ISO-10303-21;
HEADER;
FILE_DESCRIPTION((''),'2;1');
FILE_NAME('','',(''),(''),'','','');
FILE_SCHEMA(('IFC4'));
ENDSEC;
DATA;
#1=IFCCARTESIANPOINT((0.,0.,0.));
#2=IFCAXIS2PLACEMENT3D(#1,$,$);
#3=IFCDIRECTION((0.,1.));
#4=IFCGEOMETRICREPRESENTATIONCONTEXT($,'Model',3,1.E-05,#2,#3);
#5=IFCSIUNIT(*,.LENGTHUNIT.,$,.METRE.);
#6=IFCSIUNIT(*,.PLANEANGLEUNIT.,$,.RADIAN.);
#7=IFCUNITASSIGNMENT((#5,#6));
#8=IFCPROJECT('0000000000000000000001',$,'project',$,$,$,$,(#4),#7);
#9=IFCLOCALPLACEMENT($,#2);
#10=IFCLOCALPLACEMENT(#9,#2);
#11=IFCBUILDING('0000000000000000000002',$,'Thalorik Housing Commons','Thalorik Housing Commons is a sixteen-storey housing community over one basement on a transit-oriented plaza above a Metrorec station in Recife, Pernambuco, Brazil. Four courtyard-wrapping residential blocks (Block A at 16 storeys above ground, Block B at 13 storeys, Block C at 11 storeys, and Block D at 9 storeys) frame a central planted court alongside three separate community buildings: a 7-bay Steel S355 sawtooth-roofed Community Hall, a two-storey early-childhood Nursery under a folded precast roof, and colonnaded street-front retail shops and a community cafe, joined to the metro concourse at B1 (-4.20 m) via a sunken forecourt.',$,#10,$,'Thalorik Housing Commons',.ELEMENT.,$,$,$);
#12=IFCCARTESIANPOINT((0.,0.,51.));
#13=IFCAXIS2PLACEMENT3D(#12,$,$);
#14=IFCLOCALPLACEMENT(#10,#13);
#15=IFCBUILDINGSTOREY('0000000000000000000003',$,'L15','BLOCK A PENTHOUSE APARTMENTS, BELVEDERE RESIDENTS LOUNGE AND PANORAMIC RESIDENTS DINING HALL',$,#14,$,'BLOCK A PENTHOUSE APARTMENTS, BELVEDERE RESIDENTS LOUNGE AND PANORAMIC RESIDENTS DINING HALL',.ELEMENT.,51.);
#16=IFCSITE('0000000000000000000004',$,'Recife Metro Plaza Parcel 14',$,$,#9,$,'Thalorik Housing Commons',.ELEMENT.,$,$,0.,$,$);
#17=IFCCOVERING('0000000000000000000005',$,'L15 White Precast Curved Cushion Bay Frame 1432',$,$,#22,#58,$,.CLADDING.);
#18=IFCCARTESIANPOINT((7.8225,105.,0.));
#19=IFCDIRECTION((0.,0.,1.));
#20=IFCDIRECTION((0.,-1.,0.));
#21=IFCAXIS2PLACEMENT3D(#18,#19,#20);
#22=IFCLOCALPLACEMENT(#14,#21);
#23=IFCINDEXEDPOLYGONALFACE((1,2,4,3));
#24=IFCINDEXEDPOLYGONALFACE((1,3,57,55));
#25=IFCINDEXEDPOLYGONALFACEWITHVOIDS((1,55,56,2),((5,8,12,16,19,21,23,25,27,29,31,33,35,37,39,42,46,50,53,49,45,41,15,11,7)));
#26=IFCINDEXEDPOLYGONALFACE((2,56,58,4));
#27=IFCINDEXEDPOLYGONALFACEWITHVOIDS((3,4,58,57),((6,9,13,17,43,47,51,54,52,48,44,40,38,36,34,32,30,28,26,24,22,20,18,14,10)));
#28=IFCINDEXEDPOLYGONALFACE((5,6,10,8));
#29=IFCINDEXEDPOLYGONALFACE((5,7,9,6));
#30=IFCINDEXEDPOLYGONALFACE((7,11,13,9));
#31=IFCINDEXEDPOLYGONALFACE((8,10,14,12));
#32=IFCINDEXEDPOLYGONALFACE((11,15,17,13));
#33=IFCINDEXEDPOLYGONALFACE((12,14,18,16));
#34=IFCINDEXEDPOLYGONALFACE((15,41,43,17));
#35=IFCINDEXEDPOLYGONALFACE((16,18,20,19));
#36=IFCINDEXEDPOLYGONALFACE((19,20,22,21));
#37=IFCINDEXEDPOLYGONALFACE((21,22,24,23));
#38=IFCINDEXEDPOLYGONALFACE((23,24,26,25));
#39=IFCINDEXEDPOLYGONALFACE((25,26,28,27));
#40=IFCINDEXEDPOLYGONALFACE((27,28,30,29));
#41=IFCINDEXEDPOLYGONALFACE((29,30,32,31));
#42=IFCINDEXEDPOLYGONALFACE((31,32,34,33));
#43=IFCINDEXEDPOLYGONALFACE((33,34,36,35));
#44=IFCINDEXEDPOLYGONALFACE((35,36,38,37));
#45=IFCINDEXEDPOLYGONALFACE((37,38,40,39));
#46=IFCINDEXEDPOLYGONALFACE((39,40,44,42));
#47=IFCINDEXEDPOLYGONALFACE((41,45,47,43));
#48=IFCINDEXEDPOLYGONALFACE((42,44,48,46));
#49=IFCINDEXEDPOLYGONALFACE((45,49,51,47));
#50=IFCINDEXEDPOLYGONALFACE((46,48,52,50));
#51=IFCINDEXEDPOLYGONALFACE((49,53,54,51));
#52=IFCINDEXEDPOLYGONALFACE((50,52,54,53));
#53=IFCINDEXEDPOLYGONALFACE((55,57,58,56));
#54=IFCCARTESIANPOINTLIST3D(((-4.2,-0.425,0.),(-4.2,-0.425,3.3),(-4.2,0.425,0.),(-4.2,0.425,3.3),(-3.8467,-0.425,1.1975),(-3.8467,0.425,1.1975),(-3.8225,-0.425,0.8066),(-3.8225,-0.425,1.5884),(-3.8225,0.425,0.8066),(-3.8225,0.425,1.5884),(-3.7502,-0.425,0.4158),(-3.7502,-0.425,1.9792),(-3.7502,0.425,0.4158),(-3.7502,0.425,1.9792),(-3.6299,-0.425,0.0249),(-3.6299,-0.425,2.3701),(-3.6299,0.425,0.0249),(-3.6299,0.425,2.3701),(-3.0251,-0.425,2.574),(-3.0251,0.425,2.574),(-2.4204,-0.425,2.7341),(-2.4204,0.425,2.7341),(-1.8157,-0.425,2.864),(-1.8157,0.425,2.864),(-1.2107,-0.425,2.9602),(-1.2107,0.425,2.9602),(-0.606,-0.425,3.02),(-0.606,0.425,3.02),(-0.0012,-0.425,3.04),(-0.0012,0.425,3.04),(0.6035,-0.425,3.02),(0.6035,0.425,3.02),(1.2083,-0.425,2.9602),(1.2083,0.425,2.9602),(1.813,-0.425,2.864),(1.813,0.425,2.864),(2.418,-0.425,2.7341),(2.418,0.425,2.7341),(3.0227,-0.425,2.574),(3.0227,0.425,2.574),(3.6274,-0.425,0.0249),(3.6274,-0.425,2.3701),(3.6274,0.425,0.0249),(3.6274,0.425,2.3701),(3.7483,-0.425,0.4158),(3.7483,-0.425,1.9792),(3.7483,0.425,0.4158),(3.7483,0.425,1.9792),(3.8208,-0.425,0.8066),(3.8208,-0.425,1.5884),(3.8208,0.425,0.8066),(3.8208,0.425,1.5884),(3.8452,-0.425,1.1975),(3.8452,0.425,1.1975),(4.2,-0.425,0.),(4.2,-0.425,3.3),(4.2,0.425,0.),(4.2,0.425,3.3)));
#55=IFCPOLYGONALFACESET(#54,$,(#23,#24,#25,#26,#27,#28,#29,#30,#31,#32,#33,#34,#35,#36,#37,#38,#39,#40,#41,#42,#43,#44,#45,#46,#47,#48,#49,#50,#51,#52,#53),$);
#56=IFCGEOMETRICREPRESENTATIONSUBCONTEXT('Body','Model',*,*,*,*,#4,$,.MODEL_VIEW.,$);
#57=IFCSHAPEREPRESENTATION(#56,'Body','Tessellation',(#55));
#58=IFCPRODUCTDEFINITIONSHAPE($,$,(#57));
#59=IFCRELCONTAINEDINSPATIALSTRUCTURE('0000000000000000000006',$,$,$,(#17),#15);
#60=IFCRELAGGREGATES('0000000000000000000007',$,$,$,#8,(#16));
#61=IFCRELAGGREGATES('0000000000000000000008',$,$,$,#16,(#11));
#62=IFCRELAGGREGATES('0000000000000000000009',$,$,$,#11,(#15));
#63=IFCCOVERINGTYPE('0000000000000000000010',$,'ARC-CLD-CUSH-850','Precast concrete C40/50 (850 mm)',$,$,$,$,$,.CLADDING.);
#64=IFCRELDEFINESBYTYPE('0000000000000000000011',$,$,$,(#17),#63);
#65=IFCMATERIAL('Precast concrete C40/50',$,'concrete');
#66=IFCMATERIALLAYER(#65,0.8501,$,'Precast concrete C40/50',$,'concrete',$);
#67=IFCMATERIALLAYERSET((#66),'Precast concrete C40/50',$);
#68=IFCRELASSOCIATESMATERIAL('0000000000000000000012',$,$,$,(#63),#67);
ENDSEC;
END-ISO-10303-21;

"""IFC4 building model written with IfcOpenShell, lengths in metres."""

from ifc_helpers import new_model, si_unit, direction, frame, origin, place, context, subcontext, project, spatial, polyline, outline, extrude, material, layer, layer_set, type_object, element, save


model = new_model("IFC4")

# Units and contexts
model_context = context("Model", 3, precision=1e-05, world=origin(), true_north=direction((0.0, 1.0)))
body_context = subcontext(model_context, "Body", "Model", "MODEL_VIEW")
ifc_project = project(units=[si_unit("LENGTHUNIT", "METRE"), si_unit("PLANEANGLEUNIT", "RADIAN")], contexts=[model_context])

# Site, building, storey
site_placement = place(None, origin())
site = spatial("IfcSite", under=ifc_project, at=site_placement, Name="Recife Metro Plaza Parcel 14", LongName="Thalorik Housing Commons", CompositionType="ELEMENT", RefElevation=0.0)
building_placement = place(site_placement, origin())
building = spatial("IfcBuilding", under=site, at=building_placement, Name="Thalorik Housing Commons", Description="Thalorik Housing Commons is a sixteen-storey housing community over one basement on a transit-oriented plaza above a Metrorec station in Recife, Pernambuco, Brazil. Four courtyard-wrapping residential blocks (Block A at 16 storeys above ground, Block B at 13 storeys, Block C at 11 storeys, and Block D at 9 storeys) frame a central planted court alongside three separate community buildings: a 7-bay Steel S355 sawtooth-roofed Community Hall, a two-storey early-childhood Nursery under a folded precast roof, and colonnaded street-front retail shops and a community cafe, joined to the metro concourse at B1 (-4.20 m) via a sunken forecourt.", LongName="Thalorik Housing Commons", CompositionType="ELEMENT")
storey_placement = place(building_placement, frame((0.0, 0.0, 51.0)))
storey = spatial("IfcBuildingStorey", under=building, at=storey_placement, Name="L15", Description="BLOCK A PENTHOUSE APARTMENTS, BELVEDERE RESIDENTS LOUNGE AND PANORAMIC RESIDENTS DINING HALL", LongName="BLOCK A PENTHOUSE APARTMENTS, BELVEDERE RESIDENTS LOUNGE AND PANORAMIC RESIDENTS DINING HALL", CompositionType="ELEMENT", Elevation=51.0)

# Shared definitions
ifc_material_1 = material(Name="Precast concrete C40/50", Category="concrete")

# Covering
ifc_layer_1 = layer(ifc_material_1, 0.8501, Name="Precast concrete C40/50", Category="concrete")
ifc_layer_set_1 = layer_set([ifc_layer_1], Name="Precast concrete C40/50")
covering_type_1 = type_object("IfcCoveringType", Name="ARC-CLD-CUSH-850", Description="Precast concrete C40/50 (850 mm)", PredefinedType="CLADDING", material=ifc_layer_set_1)
covering_1_placement = place(storey_placement, frame((7.8225, 105.0, 0.0), z_axis=(0.0, 0.0, 1.0), x_axis=(0.0, -1.0, 0.0)))
element("IfcCovering", 1, at=covering_1_placement, inside=storey, type_object=covering_type_1, Name="L15 White Precast Curved Cushion Bay Frame 1432", PredefinedType="CLADDING", context=body_context, shape_type="SweptSolid", body=[
    extrude(outline(polyline([(-4.2, 0.0), (4.2, 0.0), (4.2, 3.3), (-4.2, 3.3), (-4.2, 0.0)]), holes=[polyline([(3.6274, 0.0249), (3.7483, 0.4158), (3.8208, 0.8066), (3.8452, 1.1975), (3.8208, 1.5884), (3.7483, 1.9792), (3.6274, 2.3701), (3.0227, 2.574), (2.418, 2.7341), (1.813, 2.864), (1.2083, 2.9602), (0.6035, 3.02), (-0.0012, 3.04), (-0.606, 3.02), (-1.2107, 2.9602), (-1.8157, 2.864), (-2.4204, 2.7341), (-3.0251, 2.574), (-3.6299, 2.3701), (-3.7502, 1.9792), (-3.8225, 1.5884), (-3.8467, 1.1975), (-3.8225, 0.8066), (-3.7502, 0.4158), (-3.6299, 0.0249), (3.6274, 0.0249)])]), frame((0.0, 0.425, 0.0), z_axis=(0.0, -1.0, 0.0), x_axis=(1.0, 0.0, 0.0)), (0.0, 0.0, 1.0), 0.8501),
])

save(model, "model.ifc")
